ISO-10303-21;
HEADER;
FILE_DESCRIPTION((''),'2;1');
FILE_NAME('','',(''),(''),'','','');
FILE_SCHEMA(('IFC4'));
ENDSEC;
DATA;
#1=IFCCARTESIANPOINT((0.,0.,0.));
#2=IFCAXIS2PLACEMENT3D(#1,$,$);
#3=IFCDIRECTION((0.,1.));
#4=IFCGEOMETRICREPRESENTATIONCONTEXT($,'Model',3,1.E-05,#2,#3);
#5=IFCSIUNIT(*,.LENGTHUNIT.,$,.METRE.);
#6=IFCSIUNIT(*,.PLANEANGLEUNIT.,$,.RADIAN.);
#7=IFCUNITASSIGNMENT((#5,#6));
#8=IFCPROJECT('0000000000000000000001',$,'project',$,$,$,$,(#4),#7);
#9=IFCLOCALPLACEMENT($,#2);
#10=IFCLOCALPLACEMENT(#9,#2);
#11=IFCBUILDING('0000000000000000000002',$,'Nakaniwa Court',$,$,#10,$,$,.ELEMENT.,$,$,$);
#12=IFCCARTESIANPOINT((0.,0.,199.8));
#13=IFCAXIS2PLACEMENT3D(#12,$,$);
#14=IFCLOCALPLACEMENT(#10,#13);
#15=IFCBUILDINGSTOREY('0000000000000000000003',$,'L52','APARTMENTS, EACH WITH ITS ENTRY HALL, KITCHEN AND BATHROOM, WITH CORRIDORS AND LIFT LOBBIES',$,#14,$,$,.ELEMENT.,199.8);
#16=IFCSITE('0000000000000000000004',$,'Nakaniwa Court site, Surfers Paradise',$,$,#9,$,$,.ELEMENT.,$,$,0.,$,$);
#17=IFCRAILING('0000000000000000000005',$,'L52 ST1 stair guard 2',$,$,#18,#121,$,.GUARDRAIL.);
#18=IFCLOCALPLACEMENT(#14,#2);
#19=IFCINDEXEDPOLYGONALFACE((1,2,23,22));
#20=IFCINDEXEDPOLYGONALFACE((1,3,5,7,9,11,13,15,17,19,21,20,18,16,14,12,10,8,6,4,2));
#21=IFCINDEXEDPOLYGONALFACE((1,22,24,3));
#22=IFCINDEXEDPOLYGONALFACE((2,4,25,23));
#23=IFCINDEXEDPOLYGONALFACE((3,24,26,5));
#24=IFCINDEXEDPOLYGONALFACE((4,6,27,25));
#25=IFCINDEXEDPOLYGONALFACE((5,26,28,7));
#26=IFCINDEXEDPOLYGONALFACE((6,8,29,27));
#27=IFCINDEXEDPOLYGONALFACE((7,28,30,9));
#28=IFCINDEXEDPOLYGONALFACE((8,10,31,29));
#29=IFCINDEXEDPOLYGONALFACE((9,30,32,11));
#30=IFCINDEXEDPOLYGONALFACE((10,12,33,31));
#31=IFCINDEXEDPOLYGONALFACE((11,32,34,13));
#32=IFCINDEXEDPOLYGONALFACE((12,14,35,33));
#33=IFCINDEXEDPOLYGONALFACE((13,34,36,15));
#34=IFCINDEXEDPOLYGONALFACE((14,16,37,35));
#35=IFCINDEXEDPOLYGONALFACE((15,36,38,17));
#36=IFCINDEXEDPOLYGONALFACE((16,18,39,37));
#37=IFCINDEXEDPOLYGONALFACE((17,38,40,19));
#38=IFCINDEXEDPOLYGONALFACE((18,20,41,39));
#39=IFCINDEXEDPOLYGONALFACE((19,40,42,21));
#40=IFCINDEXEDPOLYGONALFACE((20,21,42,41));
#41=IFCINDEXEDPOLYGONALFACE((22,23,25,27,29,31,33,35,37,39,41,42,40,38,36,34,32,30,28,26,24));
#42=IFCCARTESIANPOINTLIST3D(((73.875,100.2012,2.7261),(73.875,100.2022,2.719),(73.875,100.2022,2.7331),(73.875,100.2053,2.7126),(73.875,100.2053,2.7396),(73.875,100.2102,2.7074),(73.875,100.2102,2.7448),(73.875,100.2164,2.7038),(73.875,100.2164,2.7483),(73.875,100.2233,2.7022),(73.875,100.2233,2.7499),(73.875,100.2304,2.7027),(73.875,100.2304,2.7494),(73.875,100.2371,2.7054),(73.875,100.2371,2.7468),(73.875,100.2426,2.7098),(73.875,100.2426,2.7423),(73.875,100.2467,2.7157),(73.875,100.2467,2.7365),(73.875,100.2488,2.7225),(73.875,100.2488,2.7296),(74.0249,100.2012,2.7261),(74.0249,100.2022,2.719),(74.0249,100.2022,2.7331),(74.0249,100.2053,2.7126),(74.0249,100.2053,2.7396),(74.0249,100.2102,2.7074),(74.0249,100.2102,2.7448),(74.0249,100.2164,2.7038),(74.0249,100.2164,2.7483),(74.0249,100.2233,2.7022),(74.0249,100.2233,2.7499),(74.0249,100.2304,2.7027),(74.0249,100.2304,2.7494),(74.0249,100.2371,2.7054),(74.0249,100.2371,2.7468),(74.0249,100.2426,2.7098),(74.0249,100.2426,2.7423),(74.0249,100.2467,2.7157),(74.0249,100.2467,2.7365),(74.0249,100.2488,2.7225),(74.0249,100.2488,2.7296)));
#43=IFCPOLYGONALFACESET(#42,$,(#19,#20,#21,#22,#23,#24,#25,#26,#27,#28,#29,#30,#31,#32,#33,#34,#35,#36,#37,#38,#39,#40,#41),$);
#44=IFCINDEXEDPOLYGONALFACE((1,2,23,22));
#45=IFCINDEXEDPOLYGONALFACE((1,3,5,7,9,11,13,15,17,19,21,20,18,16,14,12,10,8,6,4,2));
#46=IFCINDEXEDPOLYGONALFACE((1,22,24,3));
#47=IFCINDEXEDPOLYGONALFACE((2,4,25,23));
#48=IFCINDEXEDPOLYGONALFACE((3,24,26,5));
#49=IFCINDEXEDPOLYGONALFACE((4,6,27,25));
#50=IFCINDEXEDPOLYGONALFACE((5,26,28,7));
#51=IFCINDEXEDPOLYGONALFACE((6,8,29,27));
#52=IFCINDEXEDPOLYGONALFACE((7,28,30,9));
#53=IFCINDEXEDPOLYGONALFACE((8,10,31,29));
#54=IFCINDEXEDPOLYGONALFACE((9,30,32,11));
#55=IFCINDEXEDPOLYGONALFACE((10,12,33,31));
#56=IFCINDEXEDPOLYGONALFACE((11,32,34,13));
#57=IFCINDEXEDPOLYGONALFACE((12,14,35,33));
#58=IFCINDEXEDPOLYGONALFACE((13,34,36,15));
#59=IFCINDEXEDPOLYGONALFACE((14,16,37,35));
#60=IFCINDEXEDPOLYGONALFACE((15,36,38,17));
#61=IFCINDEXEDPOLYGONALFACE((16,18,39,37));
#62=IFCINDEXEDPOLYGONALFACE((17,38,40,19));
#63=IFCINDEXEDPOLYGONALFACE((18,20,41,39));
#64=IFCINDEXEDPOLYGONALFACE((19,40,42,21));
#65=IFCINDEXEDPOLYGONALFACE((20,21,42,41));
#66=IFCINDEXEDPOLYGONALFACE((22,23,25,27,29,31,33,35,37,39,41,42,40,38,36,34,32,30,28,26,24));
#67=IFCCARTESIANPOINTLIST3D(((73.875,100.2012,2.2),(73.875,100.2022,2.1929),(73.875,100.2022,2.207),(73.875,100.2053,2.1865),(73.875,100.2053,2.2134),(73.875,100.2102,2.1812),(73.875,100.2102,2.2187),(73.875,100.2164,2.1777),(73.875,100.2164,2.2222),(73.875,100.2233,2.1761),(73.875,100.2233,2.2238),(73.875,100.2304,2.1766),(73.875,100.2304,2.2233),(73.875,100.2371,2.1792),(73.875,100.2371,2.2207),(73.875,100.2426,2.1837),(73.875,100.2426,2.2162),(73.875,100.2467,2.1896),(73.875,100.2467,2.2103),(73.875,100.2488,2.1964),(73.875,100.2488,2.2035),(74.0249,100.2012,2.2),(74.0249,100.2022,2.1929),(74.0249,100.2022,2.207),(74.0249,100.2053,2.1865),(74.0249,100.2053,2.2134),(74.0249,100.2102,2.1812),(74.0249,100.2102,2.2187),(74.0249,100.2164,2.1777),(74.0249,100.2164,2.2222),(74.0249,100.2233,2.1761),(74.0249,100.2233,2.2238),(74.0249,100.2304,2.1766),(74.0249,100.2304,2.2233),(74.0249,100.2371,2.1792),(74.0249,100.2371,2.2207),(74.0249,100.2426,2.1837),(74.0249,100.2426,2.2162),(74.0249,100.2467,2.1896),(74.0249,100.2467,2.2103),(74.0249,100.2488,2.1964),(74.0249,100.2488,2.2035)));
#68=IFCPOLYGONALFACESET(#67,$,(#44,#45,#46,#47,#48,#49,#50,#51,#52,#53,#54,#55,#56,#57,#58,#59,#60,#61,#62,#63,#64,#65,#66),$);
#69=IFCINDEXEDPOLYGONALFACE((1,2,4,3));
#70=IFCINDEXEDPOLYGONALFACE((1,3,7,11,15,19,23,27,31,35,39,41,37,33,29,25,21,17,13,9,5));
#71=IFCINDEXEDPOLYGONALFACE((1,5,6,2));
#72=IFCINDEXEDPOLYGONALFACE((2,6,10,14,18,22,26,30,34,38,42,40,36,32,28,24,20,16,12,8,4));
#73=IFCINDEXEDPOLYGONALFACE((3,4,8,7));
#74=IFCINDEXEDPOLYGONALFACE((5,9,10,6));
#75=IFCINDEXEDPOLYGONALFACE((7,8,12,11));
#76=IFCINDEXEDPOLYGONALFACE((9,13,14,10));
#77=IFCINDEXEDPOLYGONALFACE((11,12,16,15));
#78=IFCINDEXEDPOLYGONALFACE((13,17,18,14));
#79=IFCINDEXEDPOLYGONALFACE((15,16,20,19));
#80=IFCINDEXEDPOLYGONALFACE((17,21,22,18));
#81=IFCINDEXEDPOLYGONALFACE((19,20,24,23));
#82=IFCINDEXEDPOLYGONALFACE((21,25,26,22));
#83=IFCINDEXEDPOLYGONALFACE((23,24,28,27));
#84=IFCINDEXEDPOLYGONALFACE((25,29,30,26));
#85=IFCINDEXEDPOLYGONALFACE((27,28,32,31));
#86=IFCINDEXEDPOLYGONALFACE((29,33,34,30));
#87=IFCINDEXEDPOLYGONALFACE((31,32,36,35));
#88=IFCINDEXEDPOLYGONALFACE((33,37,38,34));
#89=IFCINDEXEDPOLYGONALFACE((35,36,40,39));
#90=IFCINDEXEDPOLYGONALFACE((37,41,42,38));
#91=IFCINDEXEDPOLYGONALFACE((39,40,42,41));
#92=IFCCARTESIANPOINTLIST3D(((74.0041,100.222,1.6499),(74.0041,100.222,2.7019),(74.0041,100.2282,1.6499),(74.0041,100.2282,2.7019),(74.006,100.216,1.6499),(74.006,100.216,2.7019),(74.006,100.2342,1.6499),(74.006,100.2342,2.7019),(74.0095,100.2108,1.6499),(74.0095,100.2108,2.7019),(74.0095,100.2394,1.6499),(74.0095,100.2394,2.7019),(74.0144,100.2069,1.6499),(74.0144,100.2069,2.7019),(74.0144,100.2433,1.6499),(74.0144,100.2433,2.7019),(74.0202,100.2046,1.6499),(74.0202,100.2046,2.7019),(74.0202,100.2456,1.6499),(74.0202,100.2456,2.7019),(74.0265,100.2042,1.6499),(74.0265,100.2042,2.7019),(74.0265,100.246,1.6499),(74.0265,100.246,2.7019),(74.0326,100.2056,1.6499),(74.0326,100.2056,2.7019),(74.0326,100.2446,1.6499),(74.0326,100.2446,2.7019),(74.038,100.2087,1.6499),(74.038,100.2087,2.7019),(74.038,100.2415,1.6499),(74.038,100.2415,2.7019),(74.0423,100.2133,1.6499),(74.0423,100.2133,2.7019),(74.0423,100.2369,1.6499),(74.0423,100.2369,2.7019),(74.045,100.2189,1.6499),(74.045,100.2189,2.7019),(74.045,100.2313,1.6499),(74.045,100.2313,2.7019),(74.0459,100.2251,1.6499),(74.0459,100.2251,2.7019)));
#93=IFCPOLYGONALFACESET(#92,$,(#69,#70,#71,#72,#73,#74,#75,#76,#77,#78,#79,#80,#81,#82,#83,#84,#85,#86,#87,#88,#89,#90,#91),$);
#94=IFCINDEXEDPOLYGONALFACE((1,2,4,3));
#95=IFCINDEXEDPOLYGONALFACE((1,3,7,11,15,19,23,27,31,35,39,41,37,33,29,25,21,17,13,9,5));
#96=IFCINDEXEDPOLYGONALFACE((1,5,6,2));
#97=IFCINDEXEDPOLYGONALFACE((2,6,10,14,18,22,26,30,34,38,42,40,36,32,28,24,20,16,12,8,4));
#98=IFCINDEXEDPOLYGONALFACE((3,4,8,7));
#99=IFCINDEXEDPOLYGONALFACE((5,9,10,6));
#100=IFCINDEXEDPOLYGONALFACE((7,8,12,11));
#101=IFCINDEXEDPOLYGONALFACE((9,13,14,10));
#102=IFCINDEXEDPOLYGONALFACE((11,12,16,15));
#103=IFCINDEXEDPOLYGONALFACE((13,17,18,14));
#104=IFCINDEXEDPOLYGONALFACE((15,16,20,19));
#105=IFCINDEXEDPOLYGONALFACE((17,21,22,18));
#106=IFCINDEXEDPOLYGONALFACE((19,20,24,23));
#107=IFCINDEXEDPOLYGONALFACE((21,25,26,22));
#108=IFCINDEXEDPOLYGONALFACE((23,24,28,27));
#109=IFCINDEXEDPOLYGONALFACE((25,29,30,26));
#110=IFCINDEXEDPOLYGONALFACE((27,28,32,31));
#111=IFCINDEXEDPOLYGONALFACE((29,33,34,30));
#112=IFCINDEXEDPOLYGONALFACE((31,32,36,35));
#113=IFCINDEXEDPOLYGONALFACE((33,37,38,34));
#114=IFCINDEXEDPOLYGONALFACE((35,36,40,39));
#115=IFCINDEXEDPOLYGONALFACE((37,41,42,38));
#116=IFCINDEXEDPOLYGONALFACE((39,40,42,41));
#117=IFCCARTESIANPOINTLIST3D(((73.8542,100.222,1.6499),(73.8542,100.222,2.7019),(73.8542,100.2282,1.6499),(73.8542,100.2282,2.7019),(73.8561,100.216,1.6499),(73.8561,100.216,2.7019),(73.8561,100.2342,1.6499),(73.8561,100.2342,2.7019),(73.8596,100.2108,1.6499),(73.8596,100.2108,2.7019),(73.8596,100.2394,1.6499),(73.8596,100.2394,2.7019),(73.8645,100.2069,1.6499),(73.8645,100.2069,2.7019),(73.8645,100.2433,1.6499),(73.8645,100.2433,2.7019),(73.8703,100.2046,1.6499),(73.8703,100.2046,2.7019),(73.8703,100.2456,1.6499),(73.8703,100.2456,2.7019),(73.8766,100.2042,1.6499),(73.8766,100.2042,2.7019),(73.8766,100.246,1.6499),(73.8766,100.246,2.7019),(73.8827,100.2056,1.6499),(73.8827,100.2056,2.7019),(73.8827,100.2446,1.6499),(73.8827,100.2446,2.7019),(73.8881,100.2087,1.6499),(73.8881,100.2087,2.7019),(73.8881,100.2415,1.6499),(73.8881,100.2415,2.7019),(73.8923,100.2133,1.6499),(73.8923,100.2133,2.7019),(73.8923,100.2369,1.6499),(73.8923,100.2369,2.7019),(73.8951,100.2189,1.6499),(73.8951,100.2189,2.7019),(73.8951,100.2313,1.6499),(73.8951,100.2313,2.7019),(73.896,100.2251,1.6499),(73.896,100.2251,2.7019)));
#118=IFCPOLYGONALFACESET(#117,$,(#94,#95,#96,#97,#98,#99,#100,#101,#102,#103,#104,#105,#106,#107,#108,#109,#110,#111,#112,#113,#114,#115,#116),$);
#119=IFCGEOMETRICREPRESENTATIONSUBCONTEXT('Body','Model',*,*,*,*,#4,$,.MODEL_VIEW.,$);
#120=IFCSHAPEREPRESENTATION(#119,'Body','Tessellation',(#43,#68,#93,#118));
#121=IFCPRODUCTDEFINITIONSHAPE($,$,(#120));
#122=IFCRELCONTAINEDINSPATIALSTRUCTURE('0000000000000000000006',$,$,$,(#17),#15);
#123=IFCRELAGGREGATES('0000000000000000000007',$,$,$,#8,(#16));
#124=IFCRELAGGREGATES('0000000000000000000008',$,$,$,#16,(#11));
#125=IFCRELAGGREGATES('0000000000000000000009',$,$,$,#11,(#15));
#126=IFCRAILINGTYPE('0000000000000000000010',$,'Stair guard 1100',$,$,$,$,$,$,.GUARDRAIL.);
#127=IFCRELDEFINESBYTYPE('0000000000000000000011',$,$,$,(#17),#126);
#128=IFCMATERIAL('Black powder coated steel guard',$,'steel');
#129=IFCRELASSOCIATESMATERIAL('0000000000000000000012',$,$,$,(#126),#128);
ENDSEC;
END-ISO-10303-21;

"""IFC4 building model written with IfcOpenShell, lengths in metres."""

from ifc_helpers import new_model, si_unit, direction, frame, origin, origin_2d, place, context, subcontext, project, spatial, circle, extrude, material, type_object, element, save


model = new_model("IFC4")

# Units and contexts
model_context = context("Model", 3, precision=1e-05, world=origin(), true_north=direction((0.0, 1.0)))
body_context = subcontext(model_context, "Body", "Model", "MODEL_VIEW")
ifc_project = project(units=[si_unit("LENGTHUNIT", "METRE"), si_unit("PLANEANGLEUNIT", "RADIAN")], contexts=[model_context])

# Site, building, storey
site_placement = place(None, origin())
site = spatial("IfcSite", under=ifc_project, at=site_placement, Name="Nakaniwa Court site, Surfers Paradise", CompositionType="ELEMENT", RefElevation=0.0)
building_placement = place(site_placement, origin())
building = spatial("IfcBuilding", under=site, at=building_placement, Name="Nakaniwa Court", CompositionType="ELEMENT")
storey_placement = place(building_placement, frame((0.0, 0.0, 199.8)))
storey = spatial("IfcBuildingStorey", under=building, at=storey_placement, Name="L52", Description="APARTMENTS, EACH WITH ITS ENTRY HALL, KITCHEN AND BATHROOM, WITH CORRIDORS AND LIFT LOBBIES", CompositionType="ELEMENT", Elevation=199.8)

# Railing
ifc_material_1 = material(Name="Black powder coated steel guard", Category="steel")
railing_type_1 = type_object("IfcRailingType", Name="Stair guard 1100", PredefinedType="GUARDRAIL", material=ifc_material_1)
railing_1_placement = place(storey_placement, frame((74.0249, 100.2251, 1.6499)))
element("IfcRailing", 1, at=railing_1_placement, inside=storey, type_object=railing_type_1, Name="L52 ST1 stair guard 2", PredefinedType="GUARDRAIL", context=body_context, shape_type="SweptSolid", body=[
    extrude(circle(Radius=0.0239, at=origin_2d()), frame((0.0, 0.0, 1.0762), z_axis=(-1.0, 0.0, 0.0), x_axis=(0.0, -1.0, 0.0)), (0.0, 0.0, 1.0), 0.1499),
    extrude(circle(Radius=0.0239, at=origin_2d()), frame((0.0, 0.0, 0.55), z_axis=(-1.0, 0.0, 0.0), x_axis=(0.0, -1.0, 0.0)), (0.0, 0.0, 1.0), 0.1499),
    extrude(circle(Radius=0.021, at=origin_2d()), origin(), (0.0, 0.0, 1.0), 1.052),
    extrude(circle(Radius=0.021, at=origin_2d()), frame((-0.1499, 0.0, 0.0)), (0.0, 0.0, 1.0), 1.052),
])

save(model, "model.ifc")
